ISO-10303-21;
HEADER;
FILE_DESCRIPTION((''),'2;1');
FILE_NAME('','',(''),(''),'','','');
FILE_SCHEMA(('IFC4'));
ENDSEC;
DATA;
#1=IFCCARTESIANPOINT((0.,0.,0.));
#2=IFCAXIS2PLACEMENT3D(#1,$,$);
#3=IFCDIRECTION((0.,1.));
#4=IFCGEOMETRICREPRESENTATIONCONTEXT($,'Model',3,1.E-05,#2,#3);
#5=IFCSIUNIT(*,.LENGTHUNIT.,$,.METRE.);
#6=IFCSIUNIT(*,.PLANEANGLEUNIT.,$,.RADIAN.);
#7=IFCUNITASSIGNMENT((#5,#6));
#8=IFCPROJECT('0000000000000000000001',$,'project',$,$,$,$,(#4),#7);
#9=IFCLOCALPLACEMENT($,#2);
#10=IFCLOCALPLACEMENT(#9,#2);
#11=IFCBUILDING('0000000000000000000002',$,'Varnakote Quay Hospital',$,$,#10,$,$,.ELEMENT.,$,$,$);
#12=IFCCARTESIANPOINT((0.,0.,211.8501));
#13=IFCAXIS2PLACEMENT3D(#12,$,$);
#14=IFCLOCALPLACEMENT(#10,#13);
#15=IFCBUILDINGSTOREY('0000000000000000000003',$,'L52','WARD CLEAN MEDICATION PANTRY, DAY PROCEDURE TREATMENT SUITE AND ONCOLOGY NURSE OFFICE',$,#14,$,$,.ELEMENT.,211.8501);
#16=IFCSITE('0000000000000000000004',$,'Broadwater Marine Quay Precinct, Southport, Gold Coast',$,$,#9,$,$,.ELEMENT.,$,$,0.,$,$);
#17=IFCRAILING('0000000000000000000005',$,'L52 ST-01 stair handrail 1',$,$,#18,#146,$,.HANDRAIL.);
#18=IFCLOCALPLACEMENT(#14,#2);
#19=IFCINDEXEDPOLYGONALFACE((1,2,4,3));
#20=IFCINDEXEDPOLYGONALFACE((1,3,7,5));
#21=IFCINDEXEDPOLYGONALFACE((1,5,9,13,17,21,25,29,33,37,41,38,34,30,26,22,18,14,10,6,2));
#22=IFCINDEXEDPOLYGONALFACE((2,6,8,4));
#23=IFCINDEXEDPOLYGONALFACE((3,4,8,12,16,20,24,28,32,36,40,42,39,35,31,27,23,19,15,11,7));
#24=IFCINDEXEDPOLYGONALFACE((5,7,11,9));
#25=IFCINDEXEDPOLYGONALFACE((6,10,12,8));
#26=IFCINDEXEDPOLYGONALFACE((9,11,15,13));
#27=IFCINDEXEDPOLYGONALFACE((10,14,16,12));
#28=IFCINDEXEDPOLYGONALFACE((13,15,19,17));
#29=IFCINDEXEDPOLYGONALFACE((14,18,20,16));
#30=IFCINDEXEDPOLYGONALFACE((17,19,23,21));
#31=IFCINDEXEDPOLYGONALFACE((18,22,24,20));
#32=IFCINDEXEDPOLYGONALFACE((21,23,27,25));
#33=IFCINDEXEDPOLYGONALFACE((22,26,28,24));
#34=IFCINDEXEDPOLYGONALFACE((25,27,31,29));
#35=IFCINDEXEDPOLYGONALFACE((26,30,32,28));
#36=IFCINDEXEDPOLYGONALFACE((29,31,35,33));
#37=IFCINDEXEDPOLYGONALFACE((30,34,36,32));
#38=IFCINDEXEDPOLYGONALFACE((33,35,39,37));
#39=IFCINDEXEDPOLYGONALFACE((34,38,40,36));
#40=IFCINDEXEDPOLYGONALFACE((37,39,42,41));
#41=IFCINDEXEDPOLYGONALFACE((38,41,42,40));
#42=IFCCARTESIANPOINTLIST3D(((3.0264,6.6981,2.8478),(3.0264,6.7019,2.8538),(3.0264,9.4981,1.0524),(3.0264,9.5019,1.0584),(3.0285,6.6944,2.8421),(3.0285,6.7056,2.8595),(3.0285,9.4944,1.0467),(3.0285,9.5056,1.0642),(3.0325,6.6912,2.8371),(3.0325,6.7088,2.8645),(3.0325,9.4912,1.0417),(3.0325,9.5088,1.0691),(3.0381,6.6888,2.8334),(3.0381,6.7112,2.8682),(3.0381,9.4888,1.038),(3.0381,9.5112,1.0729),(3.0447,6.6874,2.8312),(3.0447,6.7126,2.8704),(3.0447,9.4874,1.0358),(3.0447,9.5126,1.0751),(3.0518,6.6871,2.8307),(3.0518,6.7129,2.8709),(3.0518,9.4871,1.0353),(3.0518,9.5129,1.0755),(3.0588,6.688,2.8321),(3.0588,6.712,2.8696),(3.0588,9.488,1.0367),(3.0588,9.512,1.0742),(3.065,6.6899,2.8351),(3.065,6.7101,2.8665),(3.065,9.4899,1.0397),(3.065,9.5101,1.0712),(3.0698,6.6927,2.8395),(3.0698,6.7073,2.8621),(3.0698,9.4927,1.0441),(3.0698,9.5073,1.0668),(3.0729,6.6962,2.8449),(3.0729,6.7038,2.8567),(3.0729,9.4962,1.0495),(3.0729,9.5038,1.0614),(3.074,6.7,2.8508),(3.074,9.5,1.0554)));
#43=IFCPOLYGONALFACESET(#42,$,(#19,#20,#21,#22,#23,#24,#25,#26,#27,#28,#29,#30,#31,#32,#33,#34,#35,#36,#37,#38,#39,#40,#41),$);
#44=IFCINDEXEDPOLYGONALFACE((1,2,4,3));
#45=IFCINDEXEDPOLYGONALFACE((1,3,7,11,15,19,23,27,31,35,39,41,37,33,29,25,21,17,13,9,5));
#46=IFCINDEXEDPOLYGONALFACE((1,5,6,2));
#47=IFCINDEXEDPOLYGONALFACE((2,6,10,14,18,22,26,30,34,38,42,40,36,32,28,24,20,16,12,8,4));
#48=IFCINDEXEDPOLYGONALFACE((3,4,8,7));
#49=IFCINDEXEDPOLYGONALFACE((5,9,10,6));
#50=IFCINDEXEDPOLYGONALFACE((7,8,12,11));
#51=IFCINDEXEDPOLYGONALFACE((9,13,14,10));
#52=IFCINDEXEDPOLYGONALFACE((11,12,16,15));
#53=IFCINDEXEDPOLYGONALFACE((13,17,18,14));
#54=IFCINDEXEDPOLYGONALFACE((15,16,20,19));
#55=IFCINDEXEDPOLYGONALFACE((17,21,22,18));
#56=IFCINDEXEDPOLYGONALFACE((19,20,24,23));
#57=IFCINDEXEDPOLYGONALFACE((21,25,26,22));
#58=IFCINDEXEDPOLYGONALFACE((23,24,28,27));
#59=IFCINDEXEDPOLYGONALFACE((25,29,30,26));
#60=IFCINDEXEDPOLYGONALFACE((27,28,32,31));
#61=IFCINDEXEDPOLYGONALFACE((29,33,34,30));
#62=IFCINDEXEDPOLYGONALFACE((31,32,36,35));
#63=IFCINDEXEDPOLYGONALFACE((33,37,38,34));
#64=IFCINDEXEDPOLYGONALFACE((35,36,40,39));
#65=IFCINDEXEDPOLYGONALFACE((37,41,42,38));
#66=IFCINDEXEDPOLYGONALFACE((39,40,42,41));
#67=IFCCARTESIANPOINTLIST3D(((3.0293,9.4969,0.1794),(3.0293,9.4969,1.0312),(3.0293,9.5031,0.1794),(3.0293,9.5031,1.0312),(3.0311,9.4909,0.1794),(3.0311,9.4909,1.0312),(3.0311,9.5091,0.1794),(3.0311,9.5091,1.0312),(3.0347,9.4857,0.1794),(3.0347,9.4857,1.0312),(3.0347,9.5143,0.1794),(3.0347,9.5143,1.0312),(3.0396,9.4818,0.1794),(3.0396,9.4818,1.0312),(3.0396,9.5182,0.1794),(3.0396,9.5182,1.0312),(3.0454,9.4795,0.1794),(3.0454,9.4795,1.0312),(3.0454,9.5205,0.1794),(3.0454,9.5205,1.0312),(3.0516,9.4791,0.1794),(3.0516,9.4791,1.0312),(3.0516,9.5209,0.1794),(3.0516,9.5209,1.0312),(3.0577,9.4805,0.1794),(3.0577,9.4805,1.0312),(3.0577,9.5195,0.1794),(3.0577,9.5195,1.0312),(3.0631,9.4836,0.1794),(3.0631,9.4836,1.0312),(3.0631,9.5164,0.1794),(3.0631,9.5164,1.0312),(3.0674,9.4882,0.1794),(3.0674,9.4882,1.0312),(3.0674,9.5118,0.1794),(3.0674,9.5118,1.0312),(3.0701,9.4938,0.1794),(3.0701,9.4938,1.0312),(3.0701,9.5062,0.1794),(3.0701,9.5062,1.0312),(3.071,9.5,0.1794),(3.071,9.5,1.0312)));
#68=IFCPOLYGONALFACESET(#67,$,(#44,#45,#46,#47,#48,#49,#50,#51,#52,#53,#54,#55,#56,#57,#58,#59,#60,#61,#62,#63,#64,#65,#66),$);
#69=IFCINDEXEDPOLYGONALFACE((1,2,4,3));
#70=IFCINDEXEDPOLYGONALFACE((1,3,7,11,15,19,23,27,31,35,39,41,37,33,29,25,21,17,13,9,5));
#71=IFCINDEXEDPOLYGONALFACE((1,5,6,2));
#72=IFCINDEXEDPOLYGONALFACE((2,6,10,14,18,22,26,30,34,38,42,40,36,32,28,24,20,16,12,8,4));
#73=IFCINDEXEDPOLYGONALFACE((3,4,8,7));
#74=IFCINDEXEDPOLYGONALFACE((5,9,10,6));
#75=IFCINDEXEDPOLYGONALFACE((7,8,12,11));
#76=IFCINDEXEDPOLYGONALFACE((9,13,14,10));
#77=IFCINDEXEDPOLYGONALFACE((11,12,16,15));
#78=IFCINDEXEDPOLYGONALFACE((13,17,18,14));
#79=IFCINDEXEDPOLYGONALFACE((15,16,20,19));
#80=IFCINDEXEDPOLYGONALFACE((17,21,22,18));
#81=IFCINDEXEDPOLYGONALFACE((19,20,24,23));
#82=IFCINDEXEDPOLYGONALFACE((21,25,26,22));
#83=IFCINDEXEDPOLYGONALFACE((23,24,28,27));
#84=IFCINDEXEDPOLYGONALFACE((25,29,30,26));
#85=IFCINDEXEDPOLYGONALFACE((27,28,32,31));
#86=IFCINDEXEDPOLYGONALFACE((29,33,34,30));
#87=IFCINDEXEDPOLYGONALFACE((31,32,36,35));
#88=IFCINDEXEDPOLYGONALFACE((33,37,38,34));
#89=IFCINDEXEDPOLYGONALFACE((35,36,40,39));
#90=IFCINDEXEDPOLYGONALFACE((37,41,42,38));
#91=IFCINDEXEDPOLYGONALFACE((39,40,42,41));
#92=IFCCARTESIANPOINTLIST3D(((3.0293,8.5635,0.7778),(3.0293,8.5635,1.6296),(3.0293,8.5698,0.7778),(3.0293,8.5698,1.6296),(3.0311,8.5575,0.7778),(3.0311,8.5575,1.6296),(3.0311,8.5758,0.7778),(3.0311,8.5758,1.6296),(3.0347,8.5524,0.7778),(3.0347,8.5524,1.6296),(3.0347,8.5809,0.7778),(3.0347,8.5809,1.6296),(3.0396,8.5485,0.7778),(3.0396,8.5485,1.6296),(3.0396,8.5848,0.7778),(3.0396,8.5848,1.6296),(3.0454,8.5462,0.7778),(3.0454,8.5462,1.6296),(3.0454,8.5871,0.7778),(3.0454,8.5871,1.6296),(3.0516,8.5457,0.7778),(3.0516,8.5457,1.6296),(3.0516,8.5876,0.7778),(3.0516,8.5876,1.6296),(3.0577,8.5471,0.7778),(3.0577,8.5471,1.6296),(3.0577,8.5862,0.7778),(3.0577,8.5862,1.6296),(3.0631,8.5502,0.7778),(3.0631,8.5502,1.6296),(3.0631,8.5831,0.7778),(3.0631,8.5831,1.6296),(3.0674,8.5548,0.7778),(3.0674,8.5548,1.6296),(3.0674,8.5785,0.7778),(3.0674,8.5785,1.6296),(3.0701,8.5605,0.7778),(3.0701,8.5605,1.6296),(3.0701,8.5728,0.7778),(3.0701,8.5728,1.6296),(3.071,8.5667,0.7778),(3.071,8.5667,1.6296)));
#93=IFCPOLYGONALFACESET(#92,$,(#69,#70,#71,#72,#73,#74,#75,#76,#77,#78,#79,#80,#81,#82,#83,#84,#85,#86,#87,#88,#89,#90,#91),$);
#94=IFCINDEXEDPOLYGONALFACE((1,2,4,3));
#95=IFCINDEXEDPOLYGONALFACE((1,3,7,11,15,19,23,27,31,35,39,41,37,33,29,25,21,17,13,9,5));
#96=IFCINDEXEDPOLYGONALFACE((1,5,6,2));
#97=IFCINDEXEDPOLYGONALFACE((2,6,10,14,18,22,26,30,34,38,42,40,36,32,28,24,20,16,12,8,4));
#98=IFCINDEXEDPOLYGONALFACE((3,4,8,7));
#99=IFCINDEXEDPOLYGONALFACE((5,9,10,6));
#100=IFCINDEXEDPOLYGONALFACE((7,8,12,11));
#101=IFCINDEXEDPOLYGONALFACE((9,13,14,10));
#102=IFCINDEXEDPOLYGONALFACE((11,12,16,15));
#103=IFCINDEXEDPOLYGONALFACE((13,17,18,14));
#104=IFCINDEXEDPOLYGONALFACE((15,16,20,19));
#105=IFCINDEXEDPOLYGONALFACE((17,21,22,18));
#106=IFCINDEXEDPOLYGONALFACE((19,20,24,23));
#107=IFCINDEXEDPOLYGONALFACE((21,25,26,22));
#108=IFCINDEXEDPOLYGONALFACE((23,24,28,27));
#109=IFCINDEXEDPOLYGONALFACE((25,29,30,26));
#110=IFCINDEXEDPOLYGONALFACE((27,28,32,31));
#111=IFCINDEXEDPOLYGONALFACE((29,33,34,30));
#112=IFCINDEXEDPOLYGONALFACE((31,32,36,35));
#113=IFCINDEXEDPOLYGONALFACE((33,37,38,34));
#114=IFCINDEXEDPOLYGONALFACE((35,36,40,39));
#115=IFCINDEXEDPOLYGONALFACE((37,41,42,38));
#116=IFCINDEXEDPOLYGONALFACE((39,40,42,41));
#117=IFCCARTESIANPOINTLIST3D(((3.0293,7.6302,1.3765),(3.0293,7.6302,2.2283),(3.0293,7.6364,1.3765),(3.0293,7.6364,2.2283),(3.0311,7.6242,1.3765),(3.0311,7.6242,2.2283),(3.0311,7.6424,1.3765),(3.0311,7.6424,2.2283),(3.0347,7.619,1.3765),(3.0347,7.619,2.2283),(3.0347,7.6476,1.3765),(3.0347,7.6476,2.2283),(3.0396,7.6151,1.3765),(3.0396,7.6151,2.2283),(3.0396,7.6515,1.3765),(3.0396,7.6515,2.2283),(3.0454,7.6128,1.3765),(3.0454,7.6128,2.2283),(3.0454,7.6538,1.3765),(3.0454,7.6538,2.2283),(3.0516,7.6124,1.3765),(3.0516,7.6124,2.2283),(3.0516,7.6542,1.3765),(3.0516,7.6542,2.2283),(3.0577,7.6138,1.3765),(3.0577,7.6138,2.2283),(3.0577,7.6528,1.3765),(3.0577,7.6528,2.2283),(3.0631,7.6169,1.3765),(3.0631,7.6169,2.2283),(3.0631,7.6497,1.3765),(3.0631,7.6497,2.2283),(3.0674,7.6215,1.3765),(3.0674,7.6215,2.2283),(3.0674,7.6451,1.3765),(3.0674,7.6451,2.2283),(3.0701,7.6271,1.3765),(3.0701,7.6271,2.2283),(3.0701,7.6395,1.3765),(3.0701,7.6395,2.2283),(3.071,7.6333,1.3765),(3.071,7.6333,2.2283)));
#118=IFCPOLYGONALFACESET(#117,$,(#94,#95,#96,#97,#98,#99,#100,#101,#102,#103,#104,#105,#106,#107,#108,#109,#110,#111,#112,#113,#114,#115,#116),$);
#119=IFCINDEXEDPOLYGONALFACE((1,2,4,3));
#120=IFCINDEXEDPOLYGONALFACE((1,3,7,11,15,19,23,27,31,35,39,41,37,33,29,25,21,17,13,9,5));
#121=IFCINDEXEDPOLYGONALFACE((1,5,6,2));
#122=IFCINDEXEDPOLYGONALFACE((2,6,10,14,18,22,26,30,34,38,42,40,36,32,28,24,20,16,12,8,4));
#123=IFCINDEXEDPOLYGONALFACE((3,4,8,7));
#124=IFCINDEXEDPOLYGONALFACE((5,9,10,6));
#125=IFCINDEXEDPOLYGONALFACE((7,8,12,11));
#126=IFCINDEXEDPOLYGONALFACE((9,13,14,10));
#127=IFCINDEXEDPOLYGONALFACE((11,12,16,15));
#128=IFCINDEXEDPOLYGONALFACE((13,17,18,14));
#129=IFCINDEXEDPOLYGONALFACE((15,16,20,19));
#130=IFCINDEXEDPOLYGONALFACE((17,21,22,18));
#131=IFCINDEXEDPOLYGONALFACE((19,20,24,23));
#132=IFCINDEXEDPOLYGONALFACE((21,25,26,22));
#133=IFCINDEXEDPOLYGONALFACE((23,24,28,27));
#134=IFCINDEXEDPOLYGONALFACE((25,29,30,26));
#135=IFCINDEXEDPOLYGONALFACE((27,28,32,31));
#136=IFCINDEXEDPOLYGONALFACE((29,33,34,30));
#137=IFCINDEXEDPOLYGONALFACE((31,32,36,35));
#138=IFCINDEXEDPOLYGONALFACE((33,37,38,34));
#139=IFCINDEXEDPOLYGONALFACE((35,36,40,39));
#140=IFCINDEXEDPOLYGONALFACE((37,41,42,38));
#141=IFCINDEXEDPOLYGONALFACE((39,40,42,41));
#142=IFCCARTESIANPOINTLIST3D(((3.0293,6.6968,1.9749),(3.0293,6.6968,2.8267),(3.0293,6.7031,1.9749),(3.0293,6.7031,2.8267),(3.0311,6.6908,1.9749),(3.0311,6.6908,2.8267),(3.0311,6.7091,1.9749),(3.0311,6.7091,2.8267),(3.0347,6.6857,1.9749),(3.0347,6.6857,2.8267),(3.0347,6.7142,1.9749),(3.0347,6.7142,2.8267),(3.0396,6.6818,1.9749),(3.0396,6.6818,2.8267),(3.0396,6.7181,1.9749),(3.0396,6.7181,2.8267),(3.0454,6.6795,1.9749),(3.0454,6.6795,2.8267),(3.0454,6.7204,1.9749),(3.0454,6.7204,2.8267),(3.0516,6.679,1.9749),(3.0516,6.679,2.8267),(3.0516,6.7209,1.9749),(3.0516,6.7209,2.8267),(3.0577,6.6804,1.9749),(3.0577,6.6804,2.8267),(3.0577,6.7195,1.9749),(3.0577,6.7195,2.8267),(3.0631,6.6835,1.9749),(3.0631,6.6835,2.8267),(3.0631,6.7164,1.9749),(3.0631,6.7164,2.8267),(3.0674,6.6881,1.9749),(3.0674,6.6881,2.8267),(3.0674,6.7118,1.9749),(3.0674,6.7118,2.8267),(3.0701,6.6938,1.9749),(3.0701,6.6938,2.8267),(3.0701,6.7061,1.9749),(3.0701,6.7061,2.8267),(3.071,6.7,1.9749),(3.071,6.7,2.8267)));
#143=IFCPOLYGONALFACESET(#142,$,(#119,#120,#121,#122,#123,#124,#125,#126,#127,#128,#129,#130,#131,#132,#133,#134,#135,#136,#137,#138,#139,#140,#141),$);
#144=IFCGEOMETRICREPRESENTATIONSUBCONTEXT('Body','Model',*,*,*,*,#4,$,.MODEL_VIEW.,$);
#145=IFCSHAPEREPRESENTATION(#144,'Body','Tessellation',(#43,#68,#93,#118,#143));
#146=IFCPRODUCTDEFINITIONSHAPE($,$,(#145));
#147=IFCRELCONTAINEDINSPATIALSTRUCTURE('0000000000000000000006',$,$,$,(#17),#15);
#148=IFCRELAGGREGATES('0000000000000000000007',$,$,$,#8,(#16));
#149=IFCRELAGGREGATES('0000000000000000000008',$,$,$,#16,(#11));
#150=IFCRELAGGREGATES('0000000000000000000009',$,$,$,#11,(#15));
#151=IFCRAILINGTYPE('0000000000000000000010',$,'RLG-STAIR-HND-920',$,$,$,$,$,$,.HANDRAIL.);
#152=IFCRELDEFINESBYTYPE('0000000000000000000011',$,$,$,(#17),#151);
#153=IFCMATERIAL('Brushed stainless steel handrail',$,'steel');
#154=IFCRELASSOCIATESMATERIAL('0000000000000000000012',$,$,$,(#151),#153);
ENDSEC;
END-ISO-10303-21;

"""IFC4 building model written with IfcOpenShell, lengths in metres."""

from ifc_helpers import new_model, si_unit, direction, frame, origin, origin_2d, place, context, subcontext, project, spatial, circle, extrude, material, type_object, element, save


model = new_model("IFC4")

# Units and contexts
model_context = context("Model", 3, precision=1e-05, world=origin(), true_north=direction((0.0, 1.0)))
body_context = subcontext(model_context, "Body", "Model", "MODEL_VIEW")
ifc_project = project(units=[si_unit("LENGTHUNIT", "METRE"), si_unit("PLANEANGLEUNIT", "RADIAN")], contexts=[model_context])

# Site, building, storey
site_placement = place(None, origin())
site = spatial("IfcSite", under=ifc_project, at=site_placement, Name="Broadwater Marine Quay Precinct, Southport, Gold Coast", CompositionType="ELEMENT", RefElevation=0.0)
building_placement = place(site_placement, origin())
building = spatial("IfcBuilding", under=site, at=building_placement, Name="Varnakote Quay Hospital", CompositionType="ELEMENT")
storey_placement = place(building_placement, frame((0.0, 0.0, 211.8501)))
storey = spatial("IfcBuildingStorey", under=building, at=storey_placement, Name="L52", Description="WARD CLEAN MEDICATION PANTRY, DAY PROCEDURE TREATMENT SUITE AND ONCOLOGY NURSE OFFICE", CompositionType="ELEMENT", Elevation=211.8501)

# Railing
ifc_material_1 = material(Name="Brushed stainless steel handrail", Category="steel")
railing_type_1 = type_object("IfcRailingType", Name="RLG-STAIR-HND-920", PredefinedType="HANDRAIL", material=ifc_material_1)
railing_1_placement = place(storey_placement, frame((3.05, 9.5, 0.1794)))
element("IfcRailing", 1, at=railing_1_placement, inside=storey, type_object=railing_type_1, Name="L52 ST-01 stair handrail 1", PredefinedType="HANDRAIL", context=body_context, shape_type="SweptSolid", body=[
    extrude(circle(Radius=0.0239, at=origin_2d()), frame((0.0, 0.0, 0.876), z_axis=(0.0, -0.84181, 0.539774), x_axis=(1.0, 0.0, 0.0)), (0.0, 0.0, 1.0), 3.3262),
    extrude(circle(Radius=0.021, at=origin_2d()), origin(), (0.0, 0.0, 1.0), 0.8518),
    extrude(circle(Radius=0.021, at=origin_2d()), frame((0.0, -0.9333, 0.5984)), (0.0, 0.0, 1.0), 0.8518),
    extrude(circle(Radius=0.021, at=origin_2d()), frame((0.0, -1.8667, 1.197)), (0.0, 0.0, 1.0), 0.8518),
    extrude(circle(Radius=0.021, at=origin_2d()), frame((0.0, -2.8, 1.7954)), (0.0, 0.0, 1.0), 0.8518),
])

save(model, "model.ifc")
